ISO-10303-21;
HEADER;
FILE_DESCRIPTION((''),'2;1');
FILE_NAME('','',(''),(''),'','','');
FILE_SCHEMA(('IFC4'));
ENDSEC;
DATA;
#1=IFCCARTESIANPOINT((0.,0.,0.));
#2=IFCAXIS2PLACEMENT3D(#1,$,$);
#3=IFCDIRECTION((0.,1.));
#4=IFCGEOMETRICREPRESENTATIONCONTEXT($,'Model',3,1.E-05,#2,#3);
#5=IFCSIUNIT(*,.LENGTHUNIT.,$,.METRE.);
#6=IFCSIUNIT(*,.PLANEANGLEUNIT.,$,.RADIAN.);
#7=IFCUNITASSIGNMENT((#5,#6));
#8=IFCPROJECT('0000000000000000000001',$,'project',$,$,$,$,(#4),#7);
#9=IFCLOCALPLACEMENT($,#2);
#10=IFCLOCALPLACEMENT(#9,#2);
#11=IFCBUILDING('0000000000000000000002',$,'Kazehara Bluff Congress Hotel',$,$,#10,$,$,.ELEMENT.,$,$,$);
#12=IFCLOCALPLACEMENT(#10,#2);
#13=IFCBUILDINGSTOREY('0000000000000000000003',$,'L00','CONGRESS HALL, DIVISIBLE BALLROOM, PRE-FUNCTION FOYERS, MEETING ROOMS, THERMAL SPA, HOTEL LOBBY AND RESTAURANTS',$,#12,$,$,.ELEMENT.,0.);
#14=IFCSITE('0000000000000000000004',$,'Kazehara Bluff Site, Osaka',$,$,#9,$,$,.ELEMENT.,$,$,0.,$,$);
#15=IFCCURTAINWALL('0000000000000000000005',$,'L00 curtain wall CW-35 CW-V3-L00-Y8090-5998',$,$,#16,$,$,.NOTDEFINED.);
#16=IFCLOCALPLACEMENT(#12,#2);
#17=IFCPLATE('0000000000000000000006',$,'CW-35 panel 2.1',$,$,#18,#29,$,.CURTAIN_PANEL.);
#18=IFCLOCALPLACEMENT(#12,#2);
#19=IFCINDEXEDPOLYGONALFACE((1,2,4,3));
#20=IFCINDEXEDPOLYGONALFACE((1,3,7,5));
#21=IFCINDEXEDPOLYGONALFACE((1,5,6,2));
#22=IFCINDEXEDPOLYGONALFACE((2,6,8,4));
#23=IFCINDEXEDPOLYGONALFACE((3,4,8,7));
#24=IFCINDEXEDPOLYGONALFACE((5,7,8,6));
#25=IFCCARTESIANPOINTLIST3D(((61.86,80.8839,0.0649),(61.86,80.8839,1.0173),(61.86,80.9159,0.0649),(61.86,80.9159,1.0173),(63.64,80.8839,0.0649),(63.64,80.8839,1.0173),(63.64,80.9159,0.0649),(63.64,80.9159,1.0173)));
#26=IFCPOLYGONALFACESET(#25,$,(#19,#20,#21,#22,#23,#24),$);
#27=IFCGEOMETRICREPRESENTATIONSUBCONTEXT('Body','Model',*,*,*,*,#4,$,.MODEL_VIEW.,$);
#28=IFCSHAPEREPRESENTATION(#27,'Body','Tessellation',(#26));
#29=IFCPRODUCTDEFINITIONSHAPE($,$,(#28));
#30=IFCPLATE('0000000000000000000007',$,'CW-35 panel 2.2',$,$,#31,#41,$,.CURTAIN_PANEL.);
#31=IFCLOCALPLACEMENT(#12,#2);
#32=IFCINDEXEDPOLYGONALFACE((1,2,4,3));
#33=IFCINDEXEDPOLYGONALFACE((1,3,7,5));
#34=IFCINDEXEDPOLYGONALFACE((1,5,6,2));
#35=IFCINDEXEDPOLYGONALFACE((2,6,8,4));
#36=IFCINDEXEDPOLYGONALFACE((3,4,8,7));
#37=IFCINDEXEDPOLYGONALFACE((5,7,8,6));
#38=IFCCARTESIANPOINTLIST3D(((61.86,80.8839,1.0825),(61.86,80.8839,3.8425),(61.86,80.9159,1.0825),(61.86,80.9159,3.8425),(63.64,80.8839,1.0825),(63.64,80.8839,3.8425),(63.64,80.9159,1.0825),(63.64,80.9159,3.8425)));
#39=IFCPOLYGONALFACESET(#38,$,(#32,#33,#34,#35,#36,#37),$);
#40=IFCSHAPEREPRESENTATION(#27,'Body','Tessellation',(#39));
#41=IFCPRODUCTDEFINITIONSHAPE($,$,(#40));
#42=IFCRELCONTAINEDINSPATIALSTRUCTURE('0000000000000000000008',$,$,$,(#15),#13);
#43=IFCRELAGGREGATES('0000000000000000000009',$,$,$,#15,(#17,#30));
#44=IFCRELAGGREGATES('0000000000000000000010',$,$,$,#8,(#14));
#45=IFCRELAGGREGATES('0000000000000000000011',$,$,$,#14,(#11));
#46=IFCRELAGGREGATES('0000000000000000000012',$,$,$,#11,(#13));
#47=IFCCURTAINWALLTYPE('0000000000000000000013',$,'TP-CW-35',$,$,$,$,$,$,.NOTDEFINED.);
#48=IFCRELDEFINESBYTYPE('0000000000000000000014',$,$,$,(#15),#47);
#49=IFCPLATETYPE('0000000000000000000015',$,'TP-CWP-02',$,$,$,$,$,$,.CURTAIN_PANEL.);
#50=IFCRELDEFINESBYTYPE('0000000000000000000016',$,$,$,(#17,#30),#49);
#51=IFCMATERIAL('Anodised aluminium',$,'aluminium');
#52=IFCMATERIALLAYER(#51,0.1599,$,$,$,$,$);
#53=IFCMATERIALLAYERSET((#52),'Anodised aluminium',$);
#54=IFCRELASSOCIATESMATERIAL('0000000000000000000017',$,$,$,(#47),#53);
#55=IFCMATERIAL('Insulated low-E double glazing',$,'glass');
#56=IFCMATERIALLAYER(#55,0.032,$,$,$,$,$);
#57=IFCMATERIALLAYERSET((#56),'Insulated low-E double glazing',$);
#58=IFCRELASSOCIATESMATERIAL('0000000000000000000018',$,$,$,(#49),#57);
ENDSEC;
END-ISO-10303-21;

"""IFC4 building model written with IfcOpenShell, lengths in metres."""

from ifc_helpers import new_model, si_unit, direction, frame, origin, origin_2d, place, context, subcontext, project, spatial, rectangle, extrude, material, layer, layer_set, type_object, element, aggregate, save


model = new_model("IFC4")

# Units and contexts
model_context = context("Model", 3, precision=1e-05, world=origin(), true_north=direction((0.0, 1.0)))
body_context = subcontext(model_context, "Body", "Model", "MODEL_VIEW")
ifc_project = project(units=[si_unit("LENGTHUNIT", "METRE"), si_unit("PLANEANGLEUNIT", "RADIAN")], contexts=[model_context])

# Site, building, storey
site_placement = place(None, origin())
site = spatial("IfcSite", under=ifc_project, at=site_placement, Name="Kazehara Bluff Site, Osaka", CompositionType="ELEMENT", RefElevation=0.0)
building_placement = place(site_placement, origin())
building = spatial("IfcBuilding", under=site, at=building_placement, Name="Kazehara Bluff Congress Hotel", CompositionType="ELEMENT")
storey_placement = place(building_placement, origin())
storey = spatial("IfcBuildingStorey", under=building, at=storey_placement, Name="L00", Description="CONGRESS HALL, DIVISIBLE BALLROOM, PRE-FUNCTION FOYERS, MEETING ROOMS, THERMAL SPA, HOTEL LOBBY AND RESTAURANTS", CompositionType="ELEMENT", Elevation=0.0)

# Curtain wall
ifc_material_1 = material(Name="Anodised aluminium", Category="aluminium")
ifc_layer_1 = layer(ifc_material_1, 0.1599)
ifc_layer_set_1 = layer_set([ifc_layer_1], Name="Anodised aluminium")
curtain_wall_type_1 = type_object("IfcCurtainWallType", Name="TP-CW-35", PredefinedType="NOTDEFINED", material=ifc_layer_set_1)
curtain_wall_1_placement = place(storey_placement, origin())
curtain_wall_1 = element("IfcCurtainWall", 1, at=curtain_wall_1_placement, inside=storey, type_object=curtain_wall_type_1, Name="L00 curtain wall CW-35 CW-V3-L00-Y8090-5998", PredefinedType="NOTDEFINED")

# Plates
ifc_material_2 = material(Name="Insulated low-E double glazing", Category="glass")
ifc_layer_2 = layer(ifc_material_2, 0.032)
ifc_layer_set_2 = layer_set([ifc_layer_2], Name="Insulated low-E double glazing")
plate_type = type_object("IfcPlateType", Name="TP-CWP-02", PredefinedType="CURTAIN_PANEL", material=ifc_layer_set_2)
plate_1_placement = place(storey_placement, frame((62.75, 80.8999, 0.0649), z_axis=(0.0, 0.0, 1.0), x_axis=(1.0, 0.0, 0.0)))
plate_1 = element("IfcPlate", 2, at=plate_1_placement, type_object=plate_type, Name="CW-35 panel 2.1", PredefinedType="CURTAIN_PANEL", context=body_context, shape_type="SweptSolid", body=[
    extrude(rectangle(XDim=1.78, YDim=0.032, at=origin_2d()), origin(), (0.0, 0.0, 1.0), 0.9524),
])
plate_2_placement = place(storey_placement, frame((62.75, 80.8999, 1.0825), z_axis=(0.0, 0.0, 1.0), x_axis=(1.0, 0.0, 0.0)))
plate_2 = element("IfcPlate", 3, at=plate_2_placement, type_object=plate_type, Name="CW-35 panel 2.2", PredefinedType="CURTAIN_PANEL", context=body_context, shape_type="SweptSolid", body=[
    extrude(rectangle(XDim=1.78, YDim=0.032, at=origin_2d()), origin(), (0.0, 0.0, 1.0), 2.76),
])
aggregate(curtain_wall_1, [plate_1, plate_2])

save(model, "model.ifc")
